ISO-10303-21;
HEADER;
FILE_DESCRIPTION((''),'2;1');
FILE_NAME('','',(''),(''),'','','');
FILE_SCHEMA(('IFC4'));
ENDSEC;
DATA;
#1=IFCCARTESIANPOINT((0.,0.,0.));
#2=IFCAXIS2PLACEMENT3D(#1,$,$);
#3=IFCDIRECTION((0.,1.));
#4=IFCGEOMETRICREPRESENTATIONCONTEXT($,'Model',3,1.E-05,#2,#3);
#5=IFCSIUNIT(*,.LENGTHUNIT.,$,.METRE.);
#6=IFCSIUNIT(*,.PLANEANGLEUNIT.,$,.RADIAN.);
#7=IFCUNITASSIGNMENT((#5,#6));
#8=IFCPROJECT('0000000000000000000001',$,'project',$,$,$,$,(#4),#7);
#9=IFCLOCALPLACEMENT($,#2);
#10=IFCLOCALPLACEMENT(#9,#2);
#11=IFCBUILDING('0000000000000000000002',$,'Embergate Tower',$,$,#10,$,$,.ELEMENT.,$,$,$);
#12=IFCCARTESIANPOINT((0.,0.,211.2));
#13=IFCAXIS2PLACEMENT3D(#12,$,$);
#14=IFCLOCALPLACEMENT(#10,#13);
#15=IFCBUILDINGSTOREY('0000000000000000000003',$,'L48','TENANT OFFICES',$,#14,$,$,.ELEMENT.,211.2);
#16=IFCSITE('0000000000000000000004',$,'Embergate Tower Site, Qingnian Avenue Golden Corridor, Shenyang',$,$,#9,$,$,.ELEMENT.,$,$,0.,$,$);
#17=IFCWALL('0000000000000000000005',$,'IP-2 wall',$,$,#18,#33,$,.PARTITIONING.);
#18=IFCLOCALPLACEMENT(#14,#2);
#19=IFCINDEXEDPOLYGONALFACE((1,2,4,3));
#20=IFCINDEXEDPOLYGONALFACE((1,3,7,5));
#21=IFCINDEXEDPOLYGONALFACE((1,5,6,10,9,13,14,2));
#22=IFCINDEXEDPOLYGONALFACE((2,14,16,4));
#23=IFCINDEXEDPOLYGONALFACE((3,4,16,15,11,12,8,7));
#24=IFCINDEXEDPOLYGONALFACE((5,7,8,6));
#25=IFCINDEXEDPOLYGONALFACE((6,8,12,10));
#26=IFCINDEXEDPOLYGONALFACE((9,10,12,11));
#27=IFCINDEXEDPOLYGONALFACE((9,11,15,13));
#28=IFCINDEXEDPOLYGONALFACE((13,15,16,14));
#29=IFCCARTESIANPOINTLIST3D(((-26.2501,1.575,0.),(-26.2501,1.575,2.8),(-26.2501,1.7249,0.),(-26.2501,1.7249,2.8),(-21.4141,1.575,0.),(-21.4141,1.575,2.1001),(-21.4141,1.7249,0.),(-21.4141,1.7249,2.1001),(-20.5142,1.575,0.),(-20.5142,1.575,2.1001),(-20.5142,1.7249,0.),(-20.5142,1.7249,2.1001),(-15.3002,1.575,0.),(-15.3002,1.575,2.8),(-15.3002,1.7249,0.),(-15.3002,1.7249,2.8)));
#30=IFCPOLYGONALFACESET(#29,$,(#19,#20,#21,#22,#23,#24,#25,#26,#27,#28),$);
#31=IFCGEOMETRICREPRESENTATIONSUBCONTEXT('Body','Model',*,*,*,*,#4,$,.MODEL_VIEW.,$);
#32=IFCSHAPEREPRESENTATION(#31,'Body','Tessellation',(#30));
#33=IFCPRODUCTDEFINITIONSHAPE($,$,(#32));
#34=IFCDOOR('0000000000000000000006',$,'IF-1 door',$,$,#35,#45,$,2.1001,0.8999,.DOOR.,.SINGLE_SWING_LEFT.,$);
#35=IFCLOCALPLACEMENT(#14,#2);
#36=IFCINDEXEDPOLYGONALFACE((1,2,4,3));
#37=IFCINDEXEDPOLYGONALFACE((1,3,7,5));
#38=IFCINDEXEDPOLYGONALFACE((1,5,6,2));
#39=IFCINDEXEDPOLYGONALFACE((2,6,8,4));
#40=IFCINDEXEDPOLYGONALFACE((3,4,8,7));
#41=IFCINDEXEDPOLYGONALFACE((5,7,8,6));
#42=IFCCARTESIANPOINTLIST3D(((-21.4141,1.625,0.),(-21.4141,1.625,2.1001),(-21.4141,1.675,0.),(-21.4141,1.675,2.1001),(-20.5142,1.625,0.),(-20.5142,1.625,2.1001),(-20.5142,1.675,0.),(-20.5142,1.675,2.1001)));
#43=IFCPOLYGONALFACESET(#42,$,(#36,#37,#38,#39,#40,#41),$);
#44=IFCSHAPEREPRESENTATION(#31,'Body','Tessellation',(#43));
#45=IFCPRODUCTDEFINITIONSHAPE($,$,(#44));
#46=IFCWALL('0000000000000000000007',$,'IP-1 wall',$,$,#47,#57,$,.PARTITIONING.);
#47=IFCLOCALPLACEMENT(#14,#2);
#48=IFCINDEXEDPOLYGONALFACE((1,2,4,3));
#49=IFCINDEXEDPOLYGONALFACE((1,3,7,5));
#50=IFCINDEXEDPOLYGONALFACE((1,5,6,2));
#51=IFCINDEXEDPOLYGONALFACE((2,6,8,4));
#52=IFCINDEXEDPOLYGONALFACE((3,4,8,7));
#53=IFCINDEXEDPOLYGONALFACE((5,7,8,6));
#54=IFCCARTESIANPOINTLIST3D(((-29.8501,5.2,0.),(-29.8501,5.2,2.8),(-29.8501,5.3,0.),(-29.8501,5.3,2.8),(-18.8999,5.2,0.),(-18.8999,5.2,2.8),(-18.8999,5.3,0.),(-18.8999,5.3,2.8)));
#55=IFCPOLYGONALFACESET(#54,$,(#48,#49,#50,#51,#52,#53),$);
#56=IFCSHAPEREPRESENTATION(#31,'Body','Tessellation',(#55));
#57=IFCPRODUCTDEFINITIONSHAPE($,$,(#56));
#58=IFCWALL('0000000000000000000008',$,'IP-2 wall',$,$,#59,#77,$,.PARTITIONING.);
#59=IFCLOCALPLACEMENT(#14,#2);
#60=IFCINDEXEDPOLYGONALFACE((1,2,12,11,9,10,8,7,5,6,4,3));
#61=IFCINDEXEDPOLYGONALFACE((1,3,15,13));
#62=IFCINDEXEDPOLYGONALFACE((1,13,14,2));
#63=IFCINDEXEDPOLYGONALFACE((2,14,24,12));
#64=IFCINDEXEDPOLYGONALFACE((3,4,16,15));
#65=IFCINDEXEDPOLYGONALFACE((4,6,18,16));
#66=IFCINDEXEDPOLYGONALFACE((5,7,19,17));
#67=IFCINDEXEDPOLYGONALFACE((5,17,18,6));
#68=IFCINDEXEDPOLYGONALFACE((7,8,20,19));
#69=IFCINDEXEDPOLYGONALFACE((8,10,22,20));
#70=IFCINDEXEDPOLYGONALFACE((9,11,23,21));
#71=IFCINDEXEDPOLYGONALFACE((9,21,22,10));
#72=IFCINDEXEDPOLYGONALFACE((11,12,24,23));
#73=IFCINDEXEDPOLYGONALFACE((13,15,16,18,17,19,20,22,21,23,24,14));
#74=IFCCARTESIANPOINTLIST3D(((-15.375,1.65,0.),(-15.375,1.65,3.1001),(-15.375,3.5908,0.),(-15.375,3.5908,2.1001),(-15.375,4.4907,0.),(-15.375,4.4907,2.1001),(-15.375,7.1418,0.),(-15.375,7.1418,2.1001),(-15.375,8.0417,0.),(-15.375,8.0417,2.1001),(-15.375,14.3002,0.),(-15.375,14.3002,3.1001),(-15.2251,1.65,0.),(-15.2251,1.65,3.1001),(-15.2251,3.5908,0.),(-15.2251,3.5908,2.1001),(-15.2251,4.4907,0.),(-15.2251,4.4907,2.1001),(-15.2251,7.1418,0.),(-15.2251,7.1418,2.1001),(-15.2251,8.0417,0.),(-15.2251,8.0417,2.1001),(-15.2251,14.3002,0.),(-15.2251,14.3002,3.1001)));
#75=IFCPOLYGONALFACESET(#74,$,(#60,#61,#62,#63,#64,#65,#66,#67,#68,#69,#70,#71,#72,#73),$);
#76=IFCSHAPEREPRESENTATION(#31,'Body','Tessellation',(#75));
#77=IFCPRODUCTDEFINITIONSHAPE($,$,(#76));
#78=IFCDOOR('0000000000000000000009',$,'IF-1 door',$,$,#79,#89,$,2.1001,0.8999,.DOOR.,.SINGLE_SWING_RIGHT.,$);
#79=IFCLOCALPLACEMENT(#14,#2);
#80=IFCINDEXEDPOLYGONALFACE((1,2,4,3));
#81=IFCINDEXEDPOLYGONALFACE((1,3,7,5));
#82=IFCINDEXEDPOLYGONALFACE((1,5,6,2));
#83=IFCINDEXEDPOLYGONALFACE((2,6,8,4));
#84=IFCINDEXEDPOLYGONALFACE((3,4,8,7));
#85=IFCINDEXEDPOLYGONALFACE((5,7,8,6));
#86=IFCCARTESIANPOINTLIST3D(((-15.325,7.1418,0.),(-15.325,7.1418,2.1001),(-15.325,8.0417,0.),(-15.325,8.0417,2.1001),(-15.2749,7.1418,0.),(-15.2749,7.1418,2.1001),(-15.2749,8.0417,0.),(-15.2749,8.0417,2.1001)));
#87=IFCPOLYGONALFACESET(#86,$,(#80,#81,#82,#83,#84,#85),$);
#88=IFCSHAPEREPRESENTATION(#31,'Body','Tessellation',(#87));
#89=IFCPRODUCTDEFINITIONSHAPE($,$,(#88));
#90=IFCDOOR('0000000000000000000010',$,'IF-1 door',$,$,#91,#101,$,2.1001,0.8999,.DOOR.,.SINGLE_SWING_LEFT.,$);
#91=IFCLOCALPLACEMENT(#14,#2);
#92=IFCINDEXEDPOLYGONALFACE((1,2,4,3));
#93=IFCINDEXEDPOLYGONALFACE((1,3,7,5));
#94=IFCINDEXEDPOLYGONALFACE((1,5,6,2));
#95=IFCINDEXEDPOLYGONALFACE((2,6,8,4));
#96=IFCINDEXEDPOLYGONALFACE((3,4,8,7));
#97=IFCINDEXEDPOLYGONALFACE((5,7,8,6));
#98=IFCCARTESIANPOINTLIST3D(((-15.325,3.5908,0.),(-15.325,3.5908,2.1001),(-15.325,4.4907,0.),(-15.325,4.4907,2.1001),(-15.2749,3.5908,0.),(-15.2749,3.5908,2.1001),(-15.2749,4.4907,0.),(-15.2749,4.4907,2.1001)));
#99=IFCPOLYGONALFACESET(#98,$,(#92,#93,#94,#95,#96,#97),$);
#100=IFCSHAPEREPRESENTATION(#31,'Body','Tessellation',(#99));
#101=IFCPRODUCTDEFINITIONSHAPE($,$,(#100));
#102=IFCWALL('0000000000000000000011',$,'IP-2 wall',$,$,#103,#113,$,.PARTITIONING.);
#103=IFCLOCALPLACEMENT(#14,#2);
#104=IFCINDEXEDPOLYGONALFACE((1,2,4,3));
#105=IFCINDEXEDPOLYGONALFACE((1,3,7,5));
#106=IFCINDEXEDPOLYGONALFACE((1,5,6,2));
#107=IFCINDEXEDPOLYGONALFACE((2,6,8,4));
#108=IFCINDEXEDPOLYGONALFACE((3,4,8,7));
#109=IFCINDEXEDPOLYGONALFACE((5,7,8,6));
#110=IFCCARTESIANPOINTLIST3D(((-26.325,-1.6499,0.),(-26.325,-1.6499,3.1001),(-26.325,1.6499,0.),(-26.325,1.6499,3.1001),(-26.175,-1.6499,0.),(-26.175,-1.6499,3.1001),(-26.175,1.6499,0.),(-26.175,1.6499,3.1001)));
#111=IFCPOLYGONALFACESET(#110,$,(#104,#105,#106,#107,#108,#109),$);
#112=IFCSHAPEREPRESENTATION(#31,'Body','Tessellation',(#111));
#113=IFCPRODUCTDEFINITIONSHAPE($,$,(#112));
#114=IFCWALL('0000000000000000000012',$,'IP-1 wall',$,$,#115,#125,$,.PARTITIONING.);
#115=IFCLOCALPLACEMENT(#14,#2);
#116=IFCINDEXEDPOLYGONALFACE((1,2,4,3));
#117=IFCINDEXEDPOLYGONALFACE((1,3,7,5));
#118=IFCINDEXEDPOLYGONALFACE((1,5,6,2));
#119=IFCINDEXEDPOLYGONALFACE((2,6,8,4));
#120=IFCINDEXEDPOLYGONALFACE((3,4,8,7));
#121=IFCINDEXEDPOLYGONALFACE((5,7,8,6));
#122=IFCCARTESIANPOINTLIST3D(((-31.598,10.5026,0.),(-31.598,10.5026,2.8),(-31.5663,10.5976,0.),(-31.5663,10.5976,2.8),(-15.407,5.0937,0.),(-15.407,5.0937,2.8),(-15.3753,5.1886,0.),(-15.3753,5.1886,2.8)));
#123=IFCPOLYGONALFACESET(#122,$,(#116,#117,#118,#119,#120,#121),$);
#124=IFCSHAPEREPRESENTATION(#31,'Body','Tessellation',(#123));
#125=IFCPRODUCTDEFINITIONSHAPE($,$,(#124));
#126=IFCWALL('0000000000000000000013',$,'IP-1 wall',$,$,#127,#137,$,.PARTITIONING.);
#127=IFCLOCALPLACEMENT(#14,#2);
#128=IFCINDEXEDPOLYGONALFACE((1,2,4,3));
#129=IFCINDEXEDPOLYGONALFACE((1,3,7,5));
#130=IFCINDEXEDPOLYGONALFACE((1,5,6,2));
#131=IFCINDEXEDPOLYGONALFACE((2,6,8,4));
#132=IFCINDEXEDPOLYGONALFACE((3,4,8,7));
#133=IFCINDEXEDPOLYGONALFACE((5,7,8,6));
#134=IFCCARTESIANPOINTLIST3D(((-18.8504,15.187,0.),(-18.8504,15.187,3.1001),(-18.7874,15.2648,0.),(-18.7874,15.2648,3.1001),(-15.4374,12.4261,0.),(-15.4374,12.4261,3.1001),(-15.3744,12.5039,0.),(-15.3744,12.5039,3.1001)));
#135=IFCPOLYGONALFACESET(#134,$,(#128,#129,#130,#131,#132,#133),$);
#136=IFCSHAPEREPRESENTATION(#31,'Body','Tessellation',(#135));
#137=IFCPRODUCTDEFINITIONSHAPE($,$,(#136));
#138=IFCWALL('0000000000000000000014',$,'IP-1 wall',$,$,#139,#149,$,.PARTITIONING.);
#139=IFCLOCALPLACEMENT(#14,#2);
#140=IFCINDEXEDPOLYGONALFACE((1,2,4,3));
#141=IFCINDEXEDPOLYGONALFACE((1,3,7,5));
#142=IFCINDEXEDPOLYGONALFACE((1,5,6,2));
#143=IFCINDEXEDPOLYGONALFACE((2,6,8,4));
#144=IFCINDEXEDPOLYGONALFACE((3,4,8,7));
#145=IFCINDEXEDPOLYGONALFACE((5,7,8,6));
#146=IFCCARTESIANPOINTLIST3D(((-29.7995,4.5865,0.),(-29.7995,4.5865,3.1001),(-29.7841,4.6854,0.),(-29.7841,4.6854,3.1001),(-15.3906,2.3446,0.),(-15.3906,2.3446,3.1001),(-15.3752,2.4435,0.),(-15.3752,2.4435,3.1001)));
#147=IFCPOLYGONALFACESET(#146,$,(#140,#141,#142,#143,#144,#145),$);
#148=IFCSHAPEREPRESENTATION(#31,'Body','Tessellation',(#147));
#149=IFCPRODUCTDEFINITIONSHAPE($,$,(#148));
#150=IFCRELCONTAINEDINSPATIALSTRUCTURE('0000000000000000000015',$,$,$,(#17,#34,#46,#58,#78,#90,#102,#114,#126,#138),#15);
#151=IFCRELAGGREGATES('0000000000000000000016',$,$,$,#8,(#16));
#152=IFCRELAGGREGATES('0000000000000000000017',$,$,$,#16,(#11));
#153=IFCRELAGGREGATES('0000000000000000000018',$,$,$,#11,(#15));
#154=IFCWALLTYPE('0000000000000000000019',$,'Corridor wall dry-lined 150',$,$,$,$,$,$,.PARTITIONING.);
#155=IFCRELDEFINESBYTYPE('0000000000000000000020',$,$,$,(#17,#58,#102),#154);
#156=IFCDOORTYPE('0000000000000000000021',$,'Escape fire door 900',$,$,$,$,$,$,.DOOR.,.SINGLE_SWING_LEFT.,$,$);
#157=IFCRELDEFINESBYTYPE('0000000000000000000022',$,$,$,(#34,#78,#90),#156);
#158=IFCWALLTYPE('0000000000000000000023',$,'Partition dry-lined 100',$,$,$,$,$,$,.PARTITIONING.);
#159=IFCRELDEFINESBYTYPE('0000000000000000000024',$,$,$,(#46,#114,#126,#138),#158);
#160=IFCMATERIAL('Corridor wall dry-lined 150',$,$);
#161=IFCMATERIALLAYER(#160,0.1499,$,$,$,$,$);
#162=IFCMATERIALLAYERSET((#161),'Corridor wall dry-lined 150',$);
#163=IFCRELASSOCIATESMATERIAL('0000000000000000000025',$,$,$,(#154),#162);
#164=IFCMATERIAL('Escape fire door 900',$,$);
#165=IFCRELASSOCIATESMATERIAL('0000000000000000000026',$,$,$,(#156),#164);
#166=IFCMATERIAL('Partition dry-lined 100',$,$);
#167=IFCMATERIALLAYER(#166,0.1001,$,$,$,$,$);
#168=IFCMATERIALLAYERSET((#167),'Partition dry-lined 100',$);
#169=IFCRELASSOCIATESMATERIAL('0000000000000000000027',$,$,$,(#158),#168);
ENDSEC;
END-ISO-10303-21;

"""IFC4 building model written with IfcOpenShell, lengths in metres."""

from ifc_helpers import new_model, si_unit, direction, frame, frame_2d, origin, place, context, subcontext, project, spatial, rectangle, extrude, source, transform, mapped, material, layer, layer_set, type_object, element, fill, save


model = new_model("IFC4")

# Units and contexts
model_context = context("Model", 3, precision=1e-05, world=origin(), true_north=direction((0.0, 1.0)))
body_context = subcontext(model_context, "Body", "Model", "MODEL_VIEW")
ifc_project = project(units=[si_unit("LENGTHUNIT", "METRE"), si_unit("PLANEANGLEUNIT", "RADIAN")], contexts=[model_context])

# Site, building, storey
site_placement = place(None, origin())
site = spatial("IfcSite", under=ifc_project, at=site_placement, Name="Embergate Tower Site, Qingnian Avenue Golden Corridor, Shenyang", CompositionType="ELEMENT", RefElevation=0.0)
building_placement = place(site_placement, origin())
building = spatial("IfcBuilding", under=site, at=building_placement, Name="Embergate Tower", CompositionType="ELEMENT")
storey_placement = place(building_placement, frame((0.0, 0.0, 211.2)))
storey = spatial("IfcBuildingStorey", under=building, at=storey_placement, Name="L48", Description="TENANT OFFICES", CompositionType="ELEMENT", Elevation=211.2)

# Wall, opening, door
ifc_material_1 = material(Name="Corridor wall dry-lined 150")
ifc_layer_1 = layer(ifc_material_1, 0.1499)
ifc_layer_set_1 = layer_set([ifc_layer_1], Name="Corridor wall dry-lined 150")
wall_type_1 = type_object("IfcWallType", Name="Corridor wall dry-lined 150", PredefinedType="PARTITIONING", material=ifc_layer_set_1)
shared_shape_1 = source(origin(), body_context, "Body", "SweptSolid", [
    extrude(rectangle(XDim=10.95, YDim=0.1499, at=frame_2d((5.4751, 0.0))), origin(), (0.0, 0.0, 1.0), 2.8),
])
wall_1_placement = place(storey_placement, frame((-15.3, 1.6499, 0.0), z_axis=(0.0, 0.0, 1.0), x_axis=(-1.0, 0.0, 0.0)))
wall_1 = element("IfcWall", 1, at=wall_1_placement, inside=storey, type_object=wall_type_1, Name="IP-2 wall", PredefinedType="PARTITIONING", context=body_context, shape_type="MappedRepresentation", body=[
    mapped(shared_shape_1, transform((0.0, 0.0, 0.0))),
])
shared_shape_2 = source(origin(), body_context, "Body", "SweptSolid", [
    extrude(rectangle(XDim=0.8999, YDim=2.1001, at=frame_2d((0.45, 1.05))), frame((0.0, 0.085, 0.0), z_axis=(0.0, -1.0, 0.0), x_axis=(1.0, 0.0, 0.0)), (0.0, 0.0, 1.0), 0.1699),
])
opening_1_placement = place(wall_1_placement, frame((5.2141, 0.0, 0.0)))
opening_1 = element("IfcOpeningElement", 2, at=opening_1_placement, cuts=wall_1, PredefinedType="OPENING", context=body_context, shape_type="MappedRepresentation", body=[
    mapped(shared_shape_2, transform((0.0, 0.0, 0.0))),
])
ifc_material_2 = material(Name="Escape fire door 900")
door_type = type_object("IfcDoorType", Name="Escape fire door 900", OperationType="SINGLE_SWING_LEFT", PredefinedType="DOOR", material=ifc_material_2)
shared_shape_3 = source(origin(), body_context, "Body", "SweptSolid", [
    extrude(rectangle(XDim=0.8999, YDim=2.1001, at=frame_2d((0.45, 1.05))), frame((0.0, 0.0249, 0.0), z_axis=(0.0, -1.0, 0.0), x_axis=(1.0, 0.0, 0.0)), (0.0, 0.0, 1.0), 0.05),
])
door_1_placement = place(opening_1_placement, origin())
door_1 = element("IfcDoor", 3, at=door_1_placement, inside=storey, type_object=door_type, Name="IF-1 door", OperationType="SINGLE_SWING_LEFT", OverallHeight=2.1001, OverallWidth=0.8999, PredefinedType="DOOR", context=body_context, shape_type="MappedRepresentation", body=[
    mapped(shared_shape_3, transform((0.0, 0.0, 0.0))),
])
fill(opening_1, door_1)

# Wall
ifc_material_3 = material(Name="Partition dry-lined 100")
ifc_layer_2 = layer(ifc_material_3, 0.1001)
ifc_layer_set_2 = layer_set([ifc_layer_2], Name="Partition dry-lined 100")
wall_type_2 = type_object("IfcWallType", Name="Partition dry-lined 100", PredefinedType="PARTITIONING", material=ifc_layer_set_2)
shared_shape_4 = source(origin(), body_context, "Body", "SweptSolid", [
    extrude(rectangle(XDim=10.9502, YDim=0.1001, at=frame_2d((5.4751, 0.0))), origin(), (0.0, 0.0, 1.0), 2.8),
])
wall_2_placement = place(storey_placement, frame((-29.8501, 5.25, 0.0), z_axis=(0.0, 0.0, 1.0), x_axis=(1.0, 0.0, 0.0)))
element("IfcWall", 4, at=wall_2_placement, inside=storey, type_object=wall_type_2, Name="IP-1 wall", PredefinedType="PARTITIONING", context=body_context, shape_type="MappedRepresentation", body=[
    mapped(shared_shape_4, transform((0.0, 0.0, 0.0))),
])

# Wall, openings, doors
shared_shape_5 = source(origin(), body_context, "Body", "SweptSolid", [
    extrude(rectangle(XDim=12.6501, YDim=0.1499, at=frame_2d((6.3252, 0.0))), origin(), (0.0, 0.0, 1.0), 3.1001),
])
wall_3_placement = place(storey_placement, frame((-15.3, 1.6499, 0.0), z_axis=(0.0, 0.0, 1.0), x_axis=(0.0, 1.0, 0.0)))
wall_3 = element("IfcWall", 5, at=wall_3_placement, inside=storey, type_object=wall_type_1, Name="IP-2 wall", PredefinedType="PARTITIONING", context=body_context, shape_type="MappedRepresentation", body=[
    mapped(shared_shape_5, transform((0.0, 0.0, 0.0))),
])
opening_2_placement = place(wall_3_placement, frame((5.4919, 0.0, 0.0)))
opening_2 = element("IfcOpeningElement", 6, at=opening_2_placement, cuts=wall_3, PredefinedType="OPENING", context=body_context, shape_type="MappedRepresentation", body=[
    mapped(shared_shape_2, transform((0.0, 0.0, 0.0))),
])
opening_3_placement = place(wall_3_placement, frame((1.9409, 0.0, 0.0)))
opening_3 = element("IfcOpeningElement", 7, at=opening_3_placement, cuts=wall_3, PredefinedType="OPENING", context=body_context, shape_type="MappedRepresentation", body=[
    mapped(shared_shape_2, transform((0.0, 0.0, 0.0))),
])
door_2_placement = place(opening_2_placement, origin())
door_2 = element("IfcDoor", 8, at=door_2_placement, inside=storey, type_object=door_type, Name="IF-1 door", OperationType="SINGLE_SWING_RIGHT", OverallHeight=2.1001, OverallWidth=0.8999, PredefinedType="DOOR", context=body_context, shape_type="MappedRepresentation", body=[
    mapped(shared_shape_3, transform((0.0, 0.0, 0.0))),
])
fill(opening_2, door_2)
door_3_placement = place(opening_3_placement, origin())
door_3 = element("IfcDoor", 9, at=door_3_placement, inside=storey, type_object=door_type, Name="IF-1 door", OperationType="SINGLE_SWING_LEFT", OverallHeight=2.1001, OverallWidth=0.8999, PredefinedType="DOOR", context=body_context, shape_type="MappedRepresentation", body=[
    mapped(shared_shape_3, transform((0.0, 0.0, 0.0))),
])
fill(opening_3, door_3)

# Walls
shared_shape_6 = source(origin(), body_context, "Body", "SweptSolid", [
    extrude(rectangle(XDim=3.2998, YDim=0.1499, at=frame_2d((1.6499, 0.0))), origin(), (0.0, 0.0, 1.0), 3.1001),
])
wall_4_placement = place(storey_placement, frame((-26.25, 1.6499, 0.0), z_axis=(0.0, 0.0, 1.0), x_axis=(0.0, -1.0, 0.0)))
element("IfcWall", 10, at=wall_4_placement, inside=storey, type_object=wall_type_1, Name="IP-2 wall", PredefinedType="PARTITIONING", context=body_context, shape_type="MappedRepresentation", body=[
    mapped(shared_shape_6, transform((0.0, 0.0, 0.0))),
])
shared_shape_7 = source(origin(), body_context, "Body", "SweptSolid", [
    extrude(rectangle(XDim=17.0706, YDim=0.1001, at=frame_2d((8.5352, 0.0))), origin(), (0.0, 0.0, 1.0), 2.8),
])
wall_5_placement = place(storey_placement, frame((-31.582, 10.55, 0.0), z_axis=(0.0, 0.0, 1.0), x_axis=(0.948473, -0.316858, 0.0)))
element("IfcWall", 11, at=wall_5_placement, inside=storey, type_object=wall_type_2, Name="IP-1 wall", PredefinedType="PARTITIONING", context=body_context, shape_type="MappedRepresentation", body=[
    mapped(shared_shape_7, transform((0.0, 0.0, 0.0))),
])
shared_shape_8 = source(origin(), body_context, "Body", "SweptSolid", [
    extrude(rectangle(XDim=4.3899, YDim=0.1001, at=frame_2d((2.1948, 0.0))), origin(), (0.0, 0.0, 1.0), 3.1001),
])
wall_6_placement = place(storey_placement, frame((-15.406, 12.4651, 0.0), z_axis=(0.0, 0.0, 1.0), x_axis=(-0.777466, 0.628925, 0.0)))
element("IfcWall", 12, at=wall_6_placement, inside=storey, type_object=wall_type_2, Name="IP-1 wall", PredefinedType="PARTITIONING", context=body_context, shape_type="MappedRepresentation", body=[
    mapped(shared_shape_8, transform((0.0, 0.0, 0.0))),
])
shared_shape_9 = source(origin(), body_context, "Body", "SweptSolid", [
    extrude(rectangle(XDim=14.5823, YDim=0.1001, at=frame_2d((7.291, 0.0))), origin(), (0.0, 0.0, 1.0), 3.1001),
])
wall_7_placement = place(storey_placement, frame((-15.3831, 2.394, 0.0), z_axis=(0.0, 0.0, 1.0), x_axis=(-0.988111, 0.153744, 0.0)))
element("IfcWall", 13, at=wall_7_placement, inside=storey, type_object=wall_type_2, Name="IP-1 wall", PredefinedType="PARTITIONING", context=body_context, shape_type="MappedRepresentation", body=[
    mapped(shared_shape_9, transform((0.0, 0.0, 0.0))),
])

save(model, "model.ifc")
